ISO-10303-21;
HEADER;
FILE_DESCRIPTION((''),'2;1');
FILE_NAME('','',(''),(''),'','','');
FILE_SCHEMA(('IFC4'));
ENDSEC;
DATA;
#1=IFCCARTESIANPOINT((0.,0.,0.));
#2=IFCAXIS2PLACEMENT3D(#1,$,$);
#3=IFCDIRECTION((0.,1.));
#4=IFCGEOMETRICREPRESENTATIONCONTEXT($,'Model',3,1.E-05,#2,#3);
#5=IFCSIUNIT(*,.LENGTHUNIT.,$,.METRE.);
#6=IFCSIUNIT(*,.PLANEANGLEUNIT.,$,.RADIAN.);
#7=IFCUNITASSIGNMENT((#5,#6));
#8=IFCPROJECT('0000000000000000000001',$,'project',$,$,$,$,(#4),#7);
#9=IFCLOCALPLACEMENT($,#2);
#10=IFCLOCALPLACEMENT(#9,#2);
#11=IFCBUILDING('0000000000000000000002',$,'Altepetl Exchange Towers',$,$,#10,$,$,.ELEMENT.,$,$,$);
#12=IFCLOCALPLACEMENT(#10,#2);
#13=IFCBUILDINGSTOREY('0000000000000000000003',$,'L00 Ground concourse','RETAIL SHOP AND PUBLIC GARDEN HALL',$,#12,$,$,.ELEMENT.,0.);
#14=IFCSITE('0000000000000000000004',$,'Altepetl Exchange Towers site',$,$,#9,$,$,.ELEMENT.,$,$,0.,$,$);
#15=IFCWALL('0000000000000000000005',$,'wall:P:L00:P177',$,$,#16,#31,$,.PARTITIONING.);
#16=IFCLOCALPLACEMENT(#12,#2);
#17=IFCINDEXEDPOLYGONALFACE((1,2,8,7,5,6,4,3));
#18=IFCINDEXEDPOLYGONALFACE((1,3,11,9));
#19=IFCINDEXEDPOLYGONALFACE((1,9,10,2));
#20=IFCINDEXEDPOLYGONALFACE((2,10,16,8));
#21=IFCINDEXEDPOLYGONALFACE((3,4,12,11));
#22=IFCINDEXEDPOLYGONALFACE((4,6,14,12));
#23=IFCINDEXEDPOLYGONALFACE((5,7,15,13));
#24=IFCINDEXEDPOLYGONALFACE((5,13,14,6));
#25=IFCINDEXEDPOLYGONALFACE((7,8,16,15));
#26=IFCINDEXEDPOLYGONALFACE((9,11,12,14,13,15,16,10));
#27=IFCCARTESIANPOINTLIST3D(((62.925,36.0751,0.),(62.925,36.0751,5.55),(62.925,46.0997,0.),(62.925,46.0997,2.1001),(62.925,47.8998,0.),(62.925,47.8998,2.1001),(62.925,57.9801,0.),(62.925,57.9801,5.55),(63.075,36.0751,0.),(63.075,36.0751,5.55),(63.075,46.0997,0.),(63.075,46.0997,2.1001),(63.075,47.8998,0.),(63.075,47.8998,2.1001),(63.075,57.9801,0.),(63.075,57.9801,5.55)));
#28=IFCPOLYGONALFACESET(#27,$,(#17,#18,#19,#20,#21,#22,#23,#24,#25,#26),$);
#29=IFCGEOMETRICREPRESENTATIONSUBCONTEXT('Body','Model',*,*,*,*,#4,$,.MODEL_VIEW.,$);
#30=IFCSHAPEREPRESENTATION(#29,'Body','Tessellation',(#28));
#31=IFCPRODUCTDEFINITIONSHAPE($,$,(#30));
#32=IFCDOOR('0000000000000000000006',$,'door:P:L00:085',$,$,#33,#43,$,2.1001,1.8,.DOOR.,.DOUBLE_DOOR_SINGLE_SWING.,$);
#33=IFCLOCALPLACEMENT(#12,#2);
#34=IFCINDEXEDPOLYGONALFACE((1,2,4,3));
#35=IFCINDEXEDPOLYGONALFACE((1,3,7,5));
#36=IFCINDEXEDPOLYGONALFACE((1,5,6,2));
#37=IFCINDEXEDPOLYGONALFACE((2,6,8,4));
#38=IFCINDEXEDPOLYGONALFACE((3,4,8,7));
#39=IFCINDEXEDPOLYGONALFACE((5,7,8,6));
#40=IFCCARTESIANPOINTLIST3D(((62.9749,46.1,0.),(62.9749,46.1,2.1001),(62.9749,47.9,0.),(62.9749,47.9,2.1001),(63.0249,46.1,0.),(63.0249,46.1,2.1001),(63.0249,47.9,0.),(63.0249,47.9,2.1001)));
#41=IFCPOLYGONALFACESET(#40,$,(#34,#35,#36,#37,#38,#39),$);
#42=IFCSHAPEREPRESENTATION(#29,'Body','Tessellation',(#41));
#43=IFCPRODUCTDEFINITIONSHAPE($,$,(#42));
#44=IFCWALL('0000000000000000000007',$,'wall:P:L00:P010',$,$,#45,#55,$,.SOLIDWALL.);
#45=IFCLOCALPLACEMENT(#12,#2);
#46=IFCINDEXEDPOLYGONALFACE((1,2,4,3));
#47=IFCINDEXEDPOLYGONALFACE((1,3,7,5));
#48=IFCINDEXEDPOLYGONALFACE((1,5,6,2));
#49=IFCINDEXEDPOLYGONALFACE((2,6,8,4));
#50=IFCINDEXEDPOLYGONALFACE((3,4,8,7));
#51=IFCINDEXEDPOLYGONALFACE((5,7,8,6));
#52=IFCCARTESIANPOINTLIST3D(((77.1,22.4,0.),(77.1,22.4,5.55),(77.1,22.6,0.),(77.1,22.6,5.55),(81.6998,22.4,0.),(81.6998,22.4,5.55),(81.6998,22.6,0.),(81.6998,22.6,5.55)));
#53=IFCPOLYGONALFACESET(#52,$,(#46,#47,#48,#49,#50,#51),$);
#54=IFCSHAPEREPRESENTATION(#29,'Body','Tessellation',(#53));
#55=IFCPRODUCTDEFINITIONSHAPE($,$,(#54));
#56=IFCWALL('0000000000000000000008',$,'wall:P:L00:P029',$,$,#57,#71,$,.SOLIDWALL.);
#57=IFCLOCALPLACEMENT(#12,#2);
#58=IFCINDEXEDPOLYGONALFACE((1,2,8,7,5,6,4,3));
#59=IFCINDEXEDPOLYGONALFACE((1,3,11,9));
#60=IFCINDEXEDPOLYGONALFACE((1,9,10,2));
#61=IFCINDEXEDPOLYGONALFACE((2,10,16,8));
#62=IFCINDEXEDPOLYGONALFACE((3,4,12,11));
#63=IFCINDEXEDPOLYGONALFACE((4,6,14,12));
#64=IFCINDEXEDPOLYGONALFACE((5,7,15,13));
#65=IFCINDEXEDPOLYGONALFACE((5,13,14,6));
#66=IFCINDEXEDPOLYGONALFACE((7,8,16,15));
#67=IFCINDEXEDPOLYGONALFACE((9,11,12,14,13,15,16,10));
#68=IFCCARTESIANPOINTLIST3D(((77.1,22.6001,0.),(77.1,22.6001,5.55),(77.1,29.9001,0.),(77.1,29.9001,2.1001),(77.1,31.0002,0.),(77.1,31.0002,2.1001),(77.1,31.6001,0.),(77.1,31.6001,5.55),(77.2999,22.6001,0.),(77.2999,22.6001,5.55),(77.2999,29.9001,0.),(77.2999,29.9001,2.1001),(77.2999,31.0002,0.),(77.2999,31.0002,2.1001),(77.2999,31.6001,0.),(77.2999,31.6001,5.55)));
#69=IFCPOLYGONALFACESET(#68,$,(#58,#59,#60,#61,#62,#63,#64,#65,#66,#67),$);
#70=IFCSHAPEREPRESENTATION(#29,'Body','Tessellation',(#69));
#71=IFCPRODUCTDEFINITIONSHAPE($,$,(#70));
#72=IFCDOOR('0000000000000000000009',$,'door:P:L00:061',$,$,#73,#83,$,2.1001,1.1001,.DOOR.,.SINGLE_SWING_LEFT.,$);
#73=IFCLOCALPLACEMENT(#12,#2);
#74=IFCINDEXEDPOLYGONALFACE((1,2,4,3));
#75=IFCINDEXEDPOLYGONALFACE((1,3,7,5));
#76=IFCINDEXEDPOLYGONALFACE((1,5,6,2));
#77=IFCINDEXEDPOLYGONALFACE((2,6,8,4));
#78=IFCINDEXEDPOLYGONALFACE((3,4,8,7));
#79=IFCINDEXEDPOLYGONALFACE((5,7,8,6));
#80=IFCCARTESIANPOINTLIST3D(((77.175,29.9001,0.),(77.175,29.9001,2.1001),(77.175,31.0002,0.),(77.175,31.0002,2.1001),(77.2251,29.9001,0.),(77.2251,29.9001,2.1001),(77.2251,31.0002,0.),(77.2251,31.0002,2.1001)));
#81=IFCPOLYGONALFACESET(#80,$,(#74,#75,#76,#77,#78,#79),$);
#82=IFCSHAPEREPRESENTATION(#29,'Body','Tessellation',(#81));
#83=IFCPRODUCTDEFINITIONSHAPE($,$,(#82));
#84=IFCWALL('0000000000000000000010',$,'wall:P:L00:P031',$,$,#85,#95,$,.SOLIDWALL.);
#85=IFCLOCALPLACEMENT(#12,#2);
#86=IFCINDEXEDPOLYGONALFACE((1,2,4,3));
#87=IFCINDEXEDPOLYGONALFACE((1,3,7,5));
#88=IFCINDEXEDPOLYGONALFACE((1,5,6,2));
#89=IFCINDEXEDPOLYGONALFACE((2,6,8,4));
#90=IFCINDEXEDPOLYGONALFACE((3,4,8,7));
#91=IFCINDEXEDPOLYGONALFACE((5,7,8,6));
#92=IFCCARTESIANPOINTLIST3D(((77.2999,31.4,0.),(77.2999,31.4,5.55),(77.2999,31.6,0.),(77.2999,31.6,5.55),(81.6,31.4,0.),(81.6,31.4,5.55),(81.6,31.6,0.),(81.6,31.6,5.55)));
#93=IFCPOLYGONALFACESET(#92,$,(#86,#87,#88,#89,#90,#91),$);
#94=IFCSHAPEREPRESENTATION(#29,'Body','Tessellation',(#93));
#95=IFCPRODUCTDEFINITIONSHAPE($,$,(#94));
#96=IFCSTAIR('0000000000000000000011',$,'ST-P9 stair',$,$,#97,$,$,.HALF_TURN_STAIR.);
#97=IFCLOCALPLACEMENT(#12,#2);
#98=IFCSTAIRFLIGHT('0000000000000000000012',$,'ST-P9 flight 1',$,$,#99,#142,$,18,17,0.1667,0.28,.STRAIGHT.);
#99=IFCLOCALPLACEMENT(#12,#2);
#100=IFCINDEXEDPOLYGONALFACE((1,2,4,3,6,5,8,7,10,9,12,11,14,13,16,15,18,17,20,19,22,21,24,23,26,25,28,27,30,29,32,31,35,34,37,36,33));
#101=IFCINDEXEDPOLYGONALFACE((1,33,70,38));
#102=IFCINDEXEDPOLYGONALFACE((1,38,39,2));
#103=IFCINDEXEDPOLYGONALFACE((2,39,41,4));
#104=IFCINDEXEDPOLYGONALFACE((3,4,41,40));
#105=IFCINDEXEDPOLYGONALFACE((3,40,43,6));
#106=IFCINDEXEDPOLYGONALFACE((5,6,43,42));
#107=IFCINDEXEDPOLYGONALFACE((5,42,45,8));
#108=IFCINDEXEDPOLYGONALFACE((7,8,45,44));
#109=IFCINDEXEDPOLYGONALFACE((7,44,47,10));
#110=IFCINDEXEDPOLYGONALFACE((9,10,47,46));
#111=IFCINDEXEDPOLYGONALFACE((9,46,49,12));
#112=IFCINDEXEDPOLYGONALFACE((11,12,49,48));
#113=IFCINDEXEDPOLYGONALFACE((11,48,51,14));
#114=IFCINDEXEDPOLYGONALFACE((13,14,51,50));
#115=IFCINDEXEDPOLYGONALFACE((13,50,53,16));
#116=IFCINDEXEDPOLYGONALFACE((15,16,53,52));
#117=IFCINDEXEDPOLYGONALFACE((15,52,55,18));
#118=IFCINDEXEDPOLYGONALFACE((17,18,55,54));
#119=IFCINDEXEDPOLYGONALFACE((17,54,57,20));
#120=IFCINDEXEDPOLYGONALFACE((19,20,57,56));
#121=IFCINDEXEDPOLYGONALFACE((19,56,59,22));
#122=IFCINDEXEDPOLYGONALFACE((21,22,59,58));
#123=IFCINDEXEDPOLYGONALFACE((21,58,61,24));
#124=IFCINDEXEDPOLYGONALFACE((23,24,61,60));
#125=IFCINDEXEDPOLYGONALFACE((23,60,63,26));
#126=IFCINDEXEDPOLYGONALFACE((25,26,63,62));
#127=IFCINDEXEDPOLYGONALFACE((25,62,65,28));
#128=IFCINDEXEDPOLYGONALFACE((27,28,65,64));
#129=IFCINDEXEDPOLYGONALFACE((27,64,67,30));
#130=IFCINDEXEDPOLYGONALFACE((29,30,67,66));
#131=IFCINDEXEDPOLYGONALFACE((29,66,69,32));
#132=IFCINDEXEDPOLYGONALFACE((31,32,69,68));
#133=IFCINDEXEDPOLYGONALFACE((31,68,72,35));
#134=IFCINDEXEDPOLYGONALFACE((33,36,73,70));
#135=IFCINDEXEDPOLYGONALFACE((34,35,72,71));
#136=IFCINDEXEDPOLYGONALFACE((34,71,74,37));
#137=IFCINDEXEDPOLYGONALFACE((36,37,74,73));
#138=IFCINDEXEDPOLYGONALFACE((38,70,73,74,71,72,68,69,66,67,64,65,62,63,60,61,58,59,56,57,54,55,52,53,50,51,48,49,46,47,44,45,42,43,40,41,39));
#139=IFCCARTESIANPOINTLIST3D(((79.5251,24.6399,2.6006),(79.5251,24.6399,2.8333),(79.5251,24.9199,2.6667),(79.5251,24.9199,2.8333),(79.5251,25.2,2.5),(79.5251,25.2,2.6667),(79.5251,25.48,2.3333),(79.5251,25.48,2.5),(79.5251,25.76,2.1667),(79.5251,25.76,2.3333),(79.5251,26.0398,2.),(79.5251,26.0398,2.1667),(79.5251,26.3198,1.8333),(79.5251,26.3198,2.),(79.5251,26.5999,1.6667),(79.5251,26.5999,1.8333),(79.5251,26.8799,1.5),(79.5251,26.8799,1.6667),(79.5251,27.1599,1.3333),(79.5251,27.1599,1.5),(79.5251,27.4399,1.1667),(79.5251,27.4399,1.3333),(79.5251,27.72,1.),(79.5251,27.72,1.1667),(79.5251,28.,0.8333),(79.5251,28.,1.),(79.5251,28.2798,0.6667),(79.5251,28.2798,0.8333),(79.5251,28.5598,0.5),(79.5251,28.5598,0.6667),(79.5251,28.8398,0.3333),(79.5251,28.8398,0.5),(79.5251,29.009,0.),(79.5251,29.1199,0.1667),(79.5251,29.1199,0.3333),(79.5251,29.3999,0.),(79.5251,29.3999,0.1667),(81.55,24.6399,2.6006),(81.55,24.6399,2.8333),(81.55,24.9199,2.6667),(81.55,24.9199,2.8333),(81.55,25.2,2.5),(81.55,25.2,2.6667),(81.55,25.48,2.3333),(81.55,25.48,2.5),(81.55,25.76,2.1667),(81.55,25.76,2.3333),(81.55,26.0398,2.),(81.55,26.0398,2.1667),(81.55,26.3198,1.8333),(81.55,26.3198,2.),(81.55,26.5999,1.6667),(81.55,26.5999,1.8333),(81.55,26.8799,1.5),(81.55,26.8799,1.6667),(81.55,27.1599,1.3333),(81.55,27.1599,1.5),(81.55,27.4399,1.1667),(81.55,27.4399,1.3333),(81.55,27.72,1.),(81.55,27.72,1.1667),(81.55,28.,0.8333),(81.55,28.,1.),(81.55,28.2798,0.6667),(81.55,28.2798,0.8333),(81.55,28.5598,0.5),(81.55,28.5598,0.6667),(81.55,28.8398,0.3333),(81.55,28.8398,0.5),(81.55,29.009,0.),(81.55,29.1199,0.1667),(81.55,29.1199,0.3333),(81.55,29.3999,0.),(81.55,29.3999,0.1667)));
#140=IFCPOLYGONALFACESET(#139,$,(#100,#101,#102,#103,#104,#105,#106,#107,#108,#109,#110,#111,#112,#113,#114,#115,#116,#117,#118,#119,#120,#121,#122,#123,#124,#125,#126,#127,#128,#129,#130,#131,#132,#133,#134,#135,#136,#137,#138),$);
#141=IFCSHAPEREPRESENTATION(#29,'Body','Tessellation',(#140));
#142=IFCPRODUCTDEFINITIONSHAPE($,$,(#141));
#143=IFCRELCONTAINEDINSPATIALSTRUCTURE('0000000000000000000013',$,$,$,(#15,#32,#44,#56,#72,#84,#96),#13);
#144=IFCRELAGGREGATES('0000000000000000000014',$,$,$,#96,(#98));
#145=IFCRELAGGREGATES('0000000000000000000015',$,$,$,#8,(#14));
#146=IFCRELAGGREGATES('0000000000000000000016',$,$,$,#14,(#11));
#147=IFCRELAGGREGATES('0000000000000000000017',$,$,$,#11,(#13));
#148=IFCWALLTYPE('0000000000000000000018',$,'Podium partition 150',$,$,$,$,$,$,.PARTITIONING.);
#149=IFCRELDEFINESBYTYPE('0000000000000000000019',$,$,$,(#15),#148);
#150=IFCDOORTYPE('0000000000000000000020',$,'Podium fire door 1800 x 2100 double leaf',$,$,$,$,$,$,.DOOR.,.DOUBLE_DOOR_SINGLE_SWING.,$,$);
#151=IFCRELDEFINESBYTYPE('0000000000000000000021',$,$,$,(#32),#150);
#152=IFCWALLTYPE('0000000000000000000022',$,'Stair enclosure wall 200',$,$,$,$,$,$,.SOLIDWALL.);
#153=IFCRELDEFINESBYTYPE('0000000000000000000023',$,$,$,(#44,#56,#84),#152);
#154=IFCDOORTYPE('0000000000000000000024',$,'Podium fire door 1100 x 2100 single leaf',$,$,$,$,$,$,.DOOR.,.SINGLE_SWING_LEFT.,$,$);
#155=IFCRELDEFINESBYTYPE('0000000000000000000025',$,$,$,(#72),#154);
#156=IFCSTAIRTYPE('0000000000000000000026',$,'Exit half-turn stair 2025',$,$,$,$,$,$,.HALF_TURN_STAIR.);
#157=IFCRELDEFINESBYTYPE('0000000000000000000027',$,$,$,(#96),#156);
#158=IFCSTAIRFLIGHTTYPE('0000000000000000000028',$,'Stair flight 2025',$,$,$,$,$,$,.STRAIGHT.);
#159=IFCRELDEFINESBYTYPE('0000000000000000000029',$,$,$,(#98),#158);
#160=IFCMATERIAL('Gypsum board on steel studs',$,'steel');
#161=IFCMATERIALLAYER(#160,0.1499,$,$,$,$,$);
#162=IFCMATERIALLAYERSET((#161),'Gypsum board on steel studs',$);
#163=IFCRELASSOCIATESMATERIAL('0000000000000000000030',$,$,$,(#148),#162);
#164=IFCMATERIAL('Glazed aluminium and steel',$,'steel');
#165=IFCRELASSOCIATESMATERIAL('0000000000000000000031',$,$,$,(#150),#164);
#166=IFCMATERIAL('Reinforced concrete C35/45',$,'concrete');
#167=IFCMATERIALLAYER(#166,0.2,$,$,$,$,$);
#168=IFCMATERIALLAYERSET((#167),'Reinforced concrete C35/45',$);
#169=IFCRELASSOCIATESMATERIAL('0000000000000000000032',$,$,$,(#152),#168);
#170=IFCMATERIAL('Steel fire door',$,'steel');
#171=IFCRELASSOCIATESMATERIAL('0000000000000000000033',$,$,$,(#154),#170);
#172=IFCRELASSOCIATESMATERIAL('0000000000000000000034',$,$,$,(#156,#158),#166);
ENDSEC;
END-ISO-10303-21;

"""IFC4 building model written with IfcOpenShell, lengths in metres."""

from ifc_helpers import new_model, si_unit, direction, frame, frame_2d, origin, place, context, subcontext, project, spatial, polyline, rectangle, outline, extrude, material, layer, layer_set, type_object, element, fill, aggregate, save


model = new_model("IFC4")

# Units and contexts
model_context = context("Model", 3, precision=1e-05, world=origin(), true_north=direction((0.0, 1.0)))
body_context = subcontext(model_context, "Body", "Model", "MODEL_VIEW")
ifc_project = project(units=[si_unit("LENGTHUNIT", "METRE"), si_unit("PLANEANGLEUNIT", "RADIAN")], contexts=[model_context])

# Site, building, storey
site_placement = place(None, origin())
site = spatial("IfcSite", under=ifc_project, at=site_placement, Name="Altepetl Exchange Towers site", CompositionType="ELEMENT", RefElevation=0.0)
building_placement = place(site_placement, origin())
building = spatial("IfcBuilding", under=site, at=building_placement, Name="Altepetl Exchange Towers", CompositionType="ELEMENT")
storey_placement = place(building_placement, origin())
storey = spatial("IfcBuildingStorey", under=building, at=storey_placement, Name="L00 Ground concourse", Description="RETAIL SHOP AND PUBLIC GARDEN HALL", CompositionType="ELEMENT", Elevation=0.0)

# Shared definitions
ifc_material_1 = material(Name="Gypsum board on steel studs", Category="steel")
ifc_layer_1 = layer(ifc_material_1, 0.1499)
ifc_layer_set_1 = layer_set([ifc_layer_1], Name="Gypsum board on steel studs")
wall_type_1 = type_object("IfcWallType", Name="Podium partition 150", PredefinedType="PARTITIONING", material=ifc_layer_set_1)
ifc_material_2 = material(Name="Glazed aluminium and steel", Category="steel")
door_type_1 = type_object("IfcDoorType", Name="Podium fire door 1800 x 2100 double leaf", OperationType="DOUBLE_DOOR_SINGLE_SWING", PredefinedType="DOOR", material=ifc_material_2)

# Wall, opening, door
wall_1_placement = place(storey_placement, frame((63.0, 36.075, 0.0), z_axis=(0.0, 0.0, 1.0), x_axis=(0.0, 1.0, 0.0)))
wall_1 = element("IfcWall", 1, at=wall_1_placement, inside=storey, type_object=wall_type_1, Name="wall:P:L00:P177", PredefinedType="PARTITIONING", context=body_context, shape_type="SweptSolid", body=[
    extrude(rectangle(XDim=21.905, YDim=0.1499, at=frame_2d((10.9526, 0.0))), origin(), (0.0, 0.0, 1.0), 5.55),
])
opening_1_placement = place(wall_1_placement, frame((10.0249, 0.0, 0.0)))
opening_1 = element("IfcOpeningElement", 2, at=opening_1_placement, cuts=wall_1, PredefinedType="OPENING", context=body_context, shape_type="SweptSolid", body=[
    extrude(rectangle(XDim=1.8, YDim=2.1001, at=frame_2d((0.8999, 1.05))), frame((0.0, 0.085, 0.0), z_axis=(0.0, -1.0, 0.0), x_axis=(1.0, 0.0, 0.0)), (0.0, 0.0, 1.0), 0.1699),
])
door_1_placement = place(opening_1_placement, frame((1.8, 0.0, 0.0), x_axis=(-1.0, 0.0, 0.0)))
door_1 = element("IfcDoor", 3, at=door_1_placement, inside=storey, type_object=door_type_1, Name="door:P:L00:085", OperationType="DOUBLE_DOOR_SINGLE_SWING", OverallHeight=2.1001, OverallWidth=1.8, PredefinedType="DOOR", context=body_context, shape_type="SweptSolid", body=[
    extrude(rectangle(XDim=1.8, YDim=2.1001, at=frame_2d((0.8999, 1.05))), frame((0.0, 0.0249, 0.0), z_axis=(0.0, -1.0, 0.0), x_axis=(1.0, 0.0, 0.0)), (0.0, 0.0, 1.0), 0.05),
])
fill(opening_1, door_1)

# Wall
ifc_material_3 = material(Name="Reinforced concrete C35/45", Category="concrete")
ifc_layer_2 = layer(ifc_material_3, 0.2)
ifc_layer_set_2 = layer_set([ifc_layer_2], Name="Reinforced concrete C35/45")
wall_type_2 = type_object("IfcWallType", Name="Stair enclosure wall 200", PredefinedType="SOLIDWALL", material=ifc_layer_set_2)
wall_2_placement = place(storey_placement, frame((77.1001, 22.5, 0.0)))
element("IfcWall", 4, at=wall_2_placement, inside=storey, type_object=wall_type_2, Name="wall:P:L00:P010", PredefinedType="SOLIDWALL", context=body_context, shape_type="SweptSolid", body=[
    extrude(rectangle(XDim=4.5999, YDim=0.2, at=frame_2d((2.2998, 0.0))), origin(), (0.0, 0.0, 1.0), 5.55),
])

# Wall, opening, door
wall_3_placement = place(storey_placement, frame((77.2, 22.6001, 0.0), z_axis=(0.0, 0.0, 1.0), x_axis=(0.0, 1.0, 0.0)))
wall_3 = element("IfcWall", 5, at=wall_3_placement, inside=storey, type_object=wall_type_2, Name="wall:P:L00:P029", PredefinedType="SOLIDWALL", context=body_context, shape_type="SweptSolid", body=[
    extrude(rectangle(XDim=9.0, YDim=0.2, at=frame_2d((4.5, 0.0))), origin(), (0.0, 0.0, 1.0), 5.55),
])
opening_2_placement = place(wall_3_placement, frame((7.3, 0.0, 0.0)))
opening_2 = element("IfcOpeningElement", 6, at=opening_2_placement, cuts=wall_3, PredefinedType="OPENING", context=body_context, shape_type="SweptSolid", body=[
    extrude(rectangle(XDim=1.1001, YDim=2.1001, at=frame_2d((0.55, 1.05))), frame((0.0, 0.1099, 0.0), z_axis=(0.0, -1.0, 0.0), x_axis=(1.0, 0.0, 0.0)), (0.0, 0.0, 1.0), 0.22),
])
ifc_material_4 = material(Name="Steel fire door", Category="steel")
door_type_2 = type_object("IfcDoorType", Name="Podium fire door 1100 x 2100 single leaf", OperationType="SINGLE_SWING_LEFT", PredefinedType="DOOR", material=ifc_material_4)
door_2_placement = place(opening_2_placement, origin())
door_2 = element("IfcDoor", 7, at=door_2_placement, inside=storey, type_object=door_type_2, Name="door:P:L00:061", OperationType="SINGLE_SWING_LEFT", OverallHeight=2.1001, OverallWidth=1.1001, PredefinedType="DOOR", context=body_context, shape_type="SweptSolid", body=[
    extrude(rectangle(XDim=1.1001, YDim=2.1001, at=frame_2d((0.55, 1.05))), frame((0.0, 0.0249, 0.0), z_axis=(0.0, -1.0, 0.0), x_axis=(1.0, 0.0, 0.0)), (0.0, 0.0, 1.0), 0.05),
])
fill(opening_2, door_2)

# Wall
wall_4_placement = place(storey_placement, frame((77.3, 31.5, 0.0)))
element("IfcWall", 8, at=wall_4_placement, inside=storey, type_object=wall_type_2, Name="wall:P:L00:P031", PredefinedType="SOLIDWALL", context=body_context, shape_type="SweptSolid", body=[
    extrude(rectangle(XDim=4.3, YDim=0.2, at=frame_2d((2.1499, 0.0))), origin(), (0.0, 0.0, 1.0), 5.55),
])

# Stair, stair flight
stair_type = type_object("IfcStairType", Name="Exit half-turn stair 2025", PredefinedType="HALF_TURN_STAIR", material=ifc_material_3)
stair_placement = place(storey_placement, origin())
stair = element("IfcStair", 9, at=stair_placement, inside=storey, type_object=stair_type, Name="ST-P9 stair", PredefinedType="HALF_TURN_STAIR")
stair_flight_type = type_object("IfcStairFlightType", Name="Stair flight 2025", PredefinedType="STRAIGHT", material=ifc_material_3)
stair_flight_1_placement = place(storey_placement, frame((80.5376, 29.3999, 0.0), z_axis=(0.0, 0.0, 1.0), x_axis=(0.0, -1.0, 0.0)))
stair_flight_1 = element("IfcStairFlight", 10, at=stair_flight_1_placement, type_object=stair_flight_type, Name="ST-P9 flight 1", NumberOfRisers=18, NumberOfTreads=17, PredefinedType="STRAIGHT", RiserHeight=0.1667, TreadLength=0.28, context=body_context, shape_type="SweptSolid", body=[
    extrude(outline(polyline([(0.0, 0.0), (0.0, 0.1667), (0.28, 0.1667), (0.28, 0.3333), (0.5601, 0.3333), (0.5601, 0.5), (0.8401, 0.5), (0.8401, 0.6667), (1.1201, 0.6667), (1.1201, 0.8333), (1.3999, 0.8333), (1.3999, 1.0), (1.6799, 1.0), (1.6799, 1.1667), (1.96, 1.1667), (1.96, 1.3333), (2.24, 1.3333), (2.24, 1.5), (2.52, 1.5), (2.52, 1.6667), (2.8, 1.6667), (2.8, 1.8333), (3.0801, 1.8333), (3.0801, 2.0), (3.3601, 2.0), (3.3601, 2.1667), (3.6399, 2.1667), (3.6399, 2.3333), (3.9199, 2.3333), (3.9199, 2.5), (4.2, 2.5), (4.2, 2.6667), (4.48, 2.6667), (4.48, 2.8333), (4.76, 2.8333), (4.76, 3.0), (4.76, 2.6006), (0.3909, 0.0), (0.0, 0.0)])), frame((0.0, 1.0125, 0.0), z_axis=(0.0, -1.0, 0.0), x_axis=(1.0, 0.0, 0.0)), (0.0, 0.0, 1.0), 2.0249),
])
aggregate(stair, [stair_flight_1])

save(model, "model.ifc")
